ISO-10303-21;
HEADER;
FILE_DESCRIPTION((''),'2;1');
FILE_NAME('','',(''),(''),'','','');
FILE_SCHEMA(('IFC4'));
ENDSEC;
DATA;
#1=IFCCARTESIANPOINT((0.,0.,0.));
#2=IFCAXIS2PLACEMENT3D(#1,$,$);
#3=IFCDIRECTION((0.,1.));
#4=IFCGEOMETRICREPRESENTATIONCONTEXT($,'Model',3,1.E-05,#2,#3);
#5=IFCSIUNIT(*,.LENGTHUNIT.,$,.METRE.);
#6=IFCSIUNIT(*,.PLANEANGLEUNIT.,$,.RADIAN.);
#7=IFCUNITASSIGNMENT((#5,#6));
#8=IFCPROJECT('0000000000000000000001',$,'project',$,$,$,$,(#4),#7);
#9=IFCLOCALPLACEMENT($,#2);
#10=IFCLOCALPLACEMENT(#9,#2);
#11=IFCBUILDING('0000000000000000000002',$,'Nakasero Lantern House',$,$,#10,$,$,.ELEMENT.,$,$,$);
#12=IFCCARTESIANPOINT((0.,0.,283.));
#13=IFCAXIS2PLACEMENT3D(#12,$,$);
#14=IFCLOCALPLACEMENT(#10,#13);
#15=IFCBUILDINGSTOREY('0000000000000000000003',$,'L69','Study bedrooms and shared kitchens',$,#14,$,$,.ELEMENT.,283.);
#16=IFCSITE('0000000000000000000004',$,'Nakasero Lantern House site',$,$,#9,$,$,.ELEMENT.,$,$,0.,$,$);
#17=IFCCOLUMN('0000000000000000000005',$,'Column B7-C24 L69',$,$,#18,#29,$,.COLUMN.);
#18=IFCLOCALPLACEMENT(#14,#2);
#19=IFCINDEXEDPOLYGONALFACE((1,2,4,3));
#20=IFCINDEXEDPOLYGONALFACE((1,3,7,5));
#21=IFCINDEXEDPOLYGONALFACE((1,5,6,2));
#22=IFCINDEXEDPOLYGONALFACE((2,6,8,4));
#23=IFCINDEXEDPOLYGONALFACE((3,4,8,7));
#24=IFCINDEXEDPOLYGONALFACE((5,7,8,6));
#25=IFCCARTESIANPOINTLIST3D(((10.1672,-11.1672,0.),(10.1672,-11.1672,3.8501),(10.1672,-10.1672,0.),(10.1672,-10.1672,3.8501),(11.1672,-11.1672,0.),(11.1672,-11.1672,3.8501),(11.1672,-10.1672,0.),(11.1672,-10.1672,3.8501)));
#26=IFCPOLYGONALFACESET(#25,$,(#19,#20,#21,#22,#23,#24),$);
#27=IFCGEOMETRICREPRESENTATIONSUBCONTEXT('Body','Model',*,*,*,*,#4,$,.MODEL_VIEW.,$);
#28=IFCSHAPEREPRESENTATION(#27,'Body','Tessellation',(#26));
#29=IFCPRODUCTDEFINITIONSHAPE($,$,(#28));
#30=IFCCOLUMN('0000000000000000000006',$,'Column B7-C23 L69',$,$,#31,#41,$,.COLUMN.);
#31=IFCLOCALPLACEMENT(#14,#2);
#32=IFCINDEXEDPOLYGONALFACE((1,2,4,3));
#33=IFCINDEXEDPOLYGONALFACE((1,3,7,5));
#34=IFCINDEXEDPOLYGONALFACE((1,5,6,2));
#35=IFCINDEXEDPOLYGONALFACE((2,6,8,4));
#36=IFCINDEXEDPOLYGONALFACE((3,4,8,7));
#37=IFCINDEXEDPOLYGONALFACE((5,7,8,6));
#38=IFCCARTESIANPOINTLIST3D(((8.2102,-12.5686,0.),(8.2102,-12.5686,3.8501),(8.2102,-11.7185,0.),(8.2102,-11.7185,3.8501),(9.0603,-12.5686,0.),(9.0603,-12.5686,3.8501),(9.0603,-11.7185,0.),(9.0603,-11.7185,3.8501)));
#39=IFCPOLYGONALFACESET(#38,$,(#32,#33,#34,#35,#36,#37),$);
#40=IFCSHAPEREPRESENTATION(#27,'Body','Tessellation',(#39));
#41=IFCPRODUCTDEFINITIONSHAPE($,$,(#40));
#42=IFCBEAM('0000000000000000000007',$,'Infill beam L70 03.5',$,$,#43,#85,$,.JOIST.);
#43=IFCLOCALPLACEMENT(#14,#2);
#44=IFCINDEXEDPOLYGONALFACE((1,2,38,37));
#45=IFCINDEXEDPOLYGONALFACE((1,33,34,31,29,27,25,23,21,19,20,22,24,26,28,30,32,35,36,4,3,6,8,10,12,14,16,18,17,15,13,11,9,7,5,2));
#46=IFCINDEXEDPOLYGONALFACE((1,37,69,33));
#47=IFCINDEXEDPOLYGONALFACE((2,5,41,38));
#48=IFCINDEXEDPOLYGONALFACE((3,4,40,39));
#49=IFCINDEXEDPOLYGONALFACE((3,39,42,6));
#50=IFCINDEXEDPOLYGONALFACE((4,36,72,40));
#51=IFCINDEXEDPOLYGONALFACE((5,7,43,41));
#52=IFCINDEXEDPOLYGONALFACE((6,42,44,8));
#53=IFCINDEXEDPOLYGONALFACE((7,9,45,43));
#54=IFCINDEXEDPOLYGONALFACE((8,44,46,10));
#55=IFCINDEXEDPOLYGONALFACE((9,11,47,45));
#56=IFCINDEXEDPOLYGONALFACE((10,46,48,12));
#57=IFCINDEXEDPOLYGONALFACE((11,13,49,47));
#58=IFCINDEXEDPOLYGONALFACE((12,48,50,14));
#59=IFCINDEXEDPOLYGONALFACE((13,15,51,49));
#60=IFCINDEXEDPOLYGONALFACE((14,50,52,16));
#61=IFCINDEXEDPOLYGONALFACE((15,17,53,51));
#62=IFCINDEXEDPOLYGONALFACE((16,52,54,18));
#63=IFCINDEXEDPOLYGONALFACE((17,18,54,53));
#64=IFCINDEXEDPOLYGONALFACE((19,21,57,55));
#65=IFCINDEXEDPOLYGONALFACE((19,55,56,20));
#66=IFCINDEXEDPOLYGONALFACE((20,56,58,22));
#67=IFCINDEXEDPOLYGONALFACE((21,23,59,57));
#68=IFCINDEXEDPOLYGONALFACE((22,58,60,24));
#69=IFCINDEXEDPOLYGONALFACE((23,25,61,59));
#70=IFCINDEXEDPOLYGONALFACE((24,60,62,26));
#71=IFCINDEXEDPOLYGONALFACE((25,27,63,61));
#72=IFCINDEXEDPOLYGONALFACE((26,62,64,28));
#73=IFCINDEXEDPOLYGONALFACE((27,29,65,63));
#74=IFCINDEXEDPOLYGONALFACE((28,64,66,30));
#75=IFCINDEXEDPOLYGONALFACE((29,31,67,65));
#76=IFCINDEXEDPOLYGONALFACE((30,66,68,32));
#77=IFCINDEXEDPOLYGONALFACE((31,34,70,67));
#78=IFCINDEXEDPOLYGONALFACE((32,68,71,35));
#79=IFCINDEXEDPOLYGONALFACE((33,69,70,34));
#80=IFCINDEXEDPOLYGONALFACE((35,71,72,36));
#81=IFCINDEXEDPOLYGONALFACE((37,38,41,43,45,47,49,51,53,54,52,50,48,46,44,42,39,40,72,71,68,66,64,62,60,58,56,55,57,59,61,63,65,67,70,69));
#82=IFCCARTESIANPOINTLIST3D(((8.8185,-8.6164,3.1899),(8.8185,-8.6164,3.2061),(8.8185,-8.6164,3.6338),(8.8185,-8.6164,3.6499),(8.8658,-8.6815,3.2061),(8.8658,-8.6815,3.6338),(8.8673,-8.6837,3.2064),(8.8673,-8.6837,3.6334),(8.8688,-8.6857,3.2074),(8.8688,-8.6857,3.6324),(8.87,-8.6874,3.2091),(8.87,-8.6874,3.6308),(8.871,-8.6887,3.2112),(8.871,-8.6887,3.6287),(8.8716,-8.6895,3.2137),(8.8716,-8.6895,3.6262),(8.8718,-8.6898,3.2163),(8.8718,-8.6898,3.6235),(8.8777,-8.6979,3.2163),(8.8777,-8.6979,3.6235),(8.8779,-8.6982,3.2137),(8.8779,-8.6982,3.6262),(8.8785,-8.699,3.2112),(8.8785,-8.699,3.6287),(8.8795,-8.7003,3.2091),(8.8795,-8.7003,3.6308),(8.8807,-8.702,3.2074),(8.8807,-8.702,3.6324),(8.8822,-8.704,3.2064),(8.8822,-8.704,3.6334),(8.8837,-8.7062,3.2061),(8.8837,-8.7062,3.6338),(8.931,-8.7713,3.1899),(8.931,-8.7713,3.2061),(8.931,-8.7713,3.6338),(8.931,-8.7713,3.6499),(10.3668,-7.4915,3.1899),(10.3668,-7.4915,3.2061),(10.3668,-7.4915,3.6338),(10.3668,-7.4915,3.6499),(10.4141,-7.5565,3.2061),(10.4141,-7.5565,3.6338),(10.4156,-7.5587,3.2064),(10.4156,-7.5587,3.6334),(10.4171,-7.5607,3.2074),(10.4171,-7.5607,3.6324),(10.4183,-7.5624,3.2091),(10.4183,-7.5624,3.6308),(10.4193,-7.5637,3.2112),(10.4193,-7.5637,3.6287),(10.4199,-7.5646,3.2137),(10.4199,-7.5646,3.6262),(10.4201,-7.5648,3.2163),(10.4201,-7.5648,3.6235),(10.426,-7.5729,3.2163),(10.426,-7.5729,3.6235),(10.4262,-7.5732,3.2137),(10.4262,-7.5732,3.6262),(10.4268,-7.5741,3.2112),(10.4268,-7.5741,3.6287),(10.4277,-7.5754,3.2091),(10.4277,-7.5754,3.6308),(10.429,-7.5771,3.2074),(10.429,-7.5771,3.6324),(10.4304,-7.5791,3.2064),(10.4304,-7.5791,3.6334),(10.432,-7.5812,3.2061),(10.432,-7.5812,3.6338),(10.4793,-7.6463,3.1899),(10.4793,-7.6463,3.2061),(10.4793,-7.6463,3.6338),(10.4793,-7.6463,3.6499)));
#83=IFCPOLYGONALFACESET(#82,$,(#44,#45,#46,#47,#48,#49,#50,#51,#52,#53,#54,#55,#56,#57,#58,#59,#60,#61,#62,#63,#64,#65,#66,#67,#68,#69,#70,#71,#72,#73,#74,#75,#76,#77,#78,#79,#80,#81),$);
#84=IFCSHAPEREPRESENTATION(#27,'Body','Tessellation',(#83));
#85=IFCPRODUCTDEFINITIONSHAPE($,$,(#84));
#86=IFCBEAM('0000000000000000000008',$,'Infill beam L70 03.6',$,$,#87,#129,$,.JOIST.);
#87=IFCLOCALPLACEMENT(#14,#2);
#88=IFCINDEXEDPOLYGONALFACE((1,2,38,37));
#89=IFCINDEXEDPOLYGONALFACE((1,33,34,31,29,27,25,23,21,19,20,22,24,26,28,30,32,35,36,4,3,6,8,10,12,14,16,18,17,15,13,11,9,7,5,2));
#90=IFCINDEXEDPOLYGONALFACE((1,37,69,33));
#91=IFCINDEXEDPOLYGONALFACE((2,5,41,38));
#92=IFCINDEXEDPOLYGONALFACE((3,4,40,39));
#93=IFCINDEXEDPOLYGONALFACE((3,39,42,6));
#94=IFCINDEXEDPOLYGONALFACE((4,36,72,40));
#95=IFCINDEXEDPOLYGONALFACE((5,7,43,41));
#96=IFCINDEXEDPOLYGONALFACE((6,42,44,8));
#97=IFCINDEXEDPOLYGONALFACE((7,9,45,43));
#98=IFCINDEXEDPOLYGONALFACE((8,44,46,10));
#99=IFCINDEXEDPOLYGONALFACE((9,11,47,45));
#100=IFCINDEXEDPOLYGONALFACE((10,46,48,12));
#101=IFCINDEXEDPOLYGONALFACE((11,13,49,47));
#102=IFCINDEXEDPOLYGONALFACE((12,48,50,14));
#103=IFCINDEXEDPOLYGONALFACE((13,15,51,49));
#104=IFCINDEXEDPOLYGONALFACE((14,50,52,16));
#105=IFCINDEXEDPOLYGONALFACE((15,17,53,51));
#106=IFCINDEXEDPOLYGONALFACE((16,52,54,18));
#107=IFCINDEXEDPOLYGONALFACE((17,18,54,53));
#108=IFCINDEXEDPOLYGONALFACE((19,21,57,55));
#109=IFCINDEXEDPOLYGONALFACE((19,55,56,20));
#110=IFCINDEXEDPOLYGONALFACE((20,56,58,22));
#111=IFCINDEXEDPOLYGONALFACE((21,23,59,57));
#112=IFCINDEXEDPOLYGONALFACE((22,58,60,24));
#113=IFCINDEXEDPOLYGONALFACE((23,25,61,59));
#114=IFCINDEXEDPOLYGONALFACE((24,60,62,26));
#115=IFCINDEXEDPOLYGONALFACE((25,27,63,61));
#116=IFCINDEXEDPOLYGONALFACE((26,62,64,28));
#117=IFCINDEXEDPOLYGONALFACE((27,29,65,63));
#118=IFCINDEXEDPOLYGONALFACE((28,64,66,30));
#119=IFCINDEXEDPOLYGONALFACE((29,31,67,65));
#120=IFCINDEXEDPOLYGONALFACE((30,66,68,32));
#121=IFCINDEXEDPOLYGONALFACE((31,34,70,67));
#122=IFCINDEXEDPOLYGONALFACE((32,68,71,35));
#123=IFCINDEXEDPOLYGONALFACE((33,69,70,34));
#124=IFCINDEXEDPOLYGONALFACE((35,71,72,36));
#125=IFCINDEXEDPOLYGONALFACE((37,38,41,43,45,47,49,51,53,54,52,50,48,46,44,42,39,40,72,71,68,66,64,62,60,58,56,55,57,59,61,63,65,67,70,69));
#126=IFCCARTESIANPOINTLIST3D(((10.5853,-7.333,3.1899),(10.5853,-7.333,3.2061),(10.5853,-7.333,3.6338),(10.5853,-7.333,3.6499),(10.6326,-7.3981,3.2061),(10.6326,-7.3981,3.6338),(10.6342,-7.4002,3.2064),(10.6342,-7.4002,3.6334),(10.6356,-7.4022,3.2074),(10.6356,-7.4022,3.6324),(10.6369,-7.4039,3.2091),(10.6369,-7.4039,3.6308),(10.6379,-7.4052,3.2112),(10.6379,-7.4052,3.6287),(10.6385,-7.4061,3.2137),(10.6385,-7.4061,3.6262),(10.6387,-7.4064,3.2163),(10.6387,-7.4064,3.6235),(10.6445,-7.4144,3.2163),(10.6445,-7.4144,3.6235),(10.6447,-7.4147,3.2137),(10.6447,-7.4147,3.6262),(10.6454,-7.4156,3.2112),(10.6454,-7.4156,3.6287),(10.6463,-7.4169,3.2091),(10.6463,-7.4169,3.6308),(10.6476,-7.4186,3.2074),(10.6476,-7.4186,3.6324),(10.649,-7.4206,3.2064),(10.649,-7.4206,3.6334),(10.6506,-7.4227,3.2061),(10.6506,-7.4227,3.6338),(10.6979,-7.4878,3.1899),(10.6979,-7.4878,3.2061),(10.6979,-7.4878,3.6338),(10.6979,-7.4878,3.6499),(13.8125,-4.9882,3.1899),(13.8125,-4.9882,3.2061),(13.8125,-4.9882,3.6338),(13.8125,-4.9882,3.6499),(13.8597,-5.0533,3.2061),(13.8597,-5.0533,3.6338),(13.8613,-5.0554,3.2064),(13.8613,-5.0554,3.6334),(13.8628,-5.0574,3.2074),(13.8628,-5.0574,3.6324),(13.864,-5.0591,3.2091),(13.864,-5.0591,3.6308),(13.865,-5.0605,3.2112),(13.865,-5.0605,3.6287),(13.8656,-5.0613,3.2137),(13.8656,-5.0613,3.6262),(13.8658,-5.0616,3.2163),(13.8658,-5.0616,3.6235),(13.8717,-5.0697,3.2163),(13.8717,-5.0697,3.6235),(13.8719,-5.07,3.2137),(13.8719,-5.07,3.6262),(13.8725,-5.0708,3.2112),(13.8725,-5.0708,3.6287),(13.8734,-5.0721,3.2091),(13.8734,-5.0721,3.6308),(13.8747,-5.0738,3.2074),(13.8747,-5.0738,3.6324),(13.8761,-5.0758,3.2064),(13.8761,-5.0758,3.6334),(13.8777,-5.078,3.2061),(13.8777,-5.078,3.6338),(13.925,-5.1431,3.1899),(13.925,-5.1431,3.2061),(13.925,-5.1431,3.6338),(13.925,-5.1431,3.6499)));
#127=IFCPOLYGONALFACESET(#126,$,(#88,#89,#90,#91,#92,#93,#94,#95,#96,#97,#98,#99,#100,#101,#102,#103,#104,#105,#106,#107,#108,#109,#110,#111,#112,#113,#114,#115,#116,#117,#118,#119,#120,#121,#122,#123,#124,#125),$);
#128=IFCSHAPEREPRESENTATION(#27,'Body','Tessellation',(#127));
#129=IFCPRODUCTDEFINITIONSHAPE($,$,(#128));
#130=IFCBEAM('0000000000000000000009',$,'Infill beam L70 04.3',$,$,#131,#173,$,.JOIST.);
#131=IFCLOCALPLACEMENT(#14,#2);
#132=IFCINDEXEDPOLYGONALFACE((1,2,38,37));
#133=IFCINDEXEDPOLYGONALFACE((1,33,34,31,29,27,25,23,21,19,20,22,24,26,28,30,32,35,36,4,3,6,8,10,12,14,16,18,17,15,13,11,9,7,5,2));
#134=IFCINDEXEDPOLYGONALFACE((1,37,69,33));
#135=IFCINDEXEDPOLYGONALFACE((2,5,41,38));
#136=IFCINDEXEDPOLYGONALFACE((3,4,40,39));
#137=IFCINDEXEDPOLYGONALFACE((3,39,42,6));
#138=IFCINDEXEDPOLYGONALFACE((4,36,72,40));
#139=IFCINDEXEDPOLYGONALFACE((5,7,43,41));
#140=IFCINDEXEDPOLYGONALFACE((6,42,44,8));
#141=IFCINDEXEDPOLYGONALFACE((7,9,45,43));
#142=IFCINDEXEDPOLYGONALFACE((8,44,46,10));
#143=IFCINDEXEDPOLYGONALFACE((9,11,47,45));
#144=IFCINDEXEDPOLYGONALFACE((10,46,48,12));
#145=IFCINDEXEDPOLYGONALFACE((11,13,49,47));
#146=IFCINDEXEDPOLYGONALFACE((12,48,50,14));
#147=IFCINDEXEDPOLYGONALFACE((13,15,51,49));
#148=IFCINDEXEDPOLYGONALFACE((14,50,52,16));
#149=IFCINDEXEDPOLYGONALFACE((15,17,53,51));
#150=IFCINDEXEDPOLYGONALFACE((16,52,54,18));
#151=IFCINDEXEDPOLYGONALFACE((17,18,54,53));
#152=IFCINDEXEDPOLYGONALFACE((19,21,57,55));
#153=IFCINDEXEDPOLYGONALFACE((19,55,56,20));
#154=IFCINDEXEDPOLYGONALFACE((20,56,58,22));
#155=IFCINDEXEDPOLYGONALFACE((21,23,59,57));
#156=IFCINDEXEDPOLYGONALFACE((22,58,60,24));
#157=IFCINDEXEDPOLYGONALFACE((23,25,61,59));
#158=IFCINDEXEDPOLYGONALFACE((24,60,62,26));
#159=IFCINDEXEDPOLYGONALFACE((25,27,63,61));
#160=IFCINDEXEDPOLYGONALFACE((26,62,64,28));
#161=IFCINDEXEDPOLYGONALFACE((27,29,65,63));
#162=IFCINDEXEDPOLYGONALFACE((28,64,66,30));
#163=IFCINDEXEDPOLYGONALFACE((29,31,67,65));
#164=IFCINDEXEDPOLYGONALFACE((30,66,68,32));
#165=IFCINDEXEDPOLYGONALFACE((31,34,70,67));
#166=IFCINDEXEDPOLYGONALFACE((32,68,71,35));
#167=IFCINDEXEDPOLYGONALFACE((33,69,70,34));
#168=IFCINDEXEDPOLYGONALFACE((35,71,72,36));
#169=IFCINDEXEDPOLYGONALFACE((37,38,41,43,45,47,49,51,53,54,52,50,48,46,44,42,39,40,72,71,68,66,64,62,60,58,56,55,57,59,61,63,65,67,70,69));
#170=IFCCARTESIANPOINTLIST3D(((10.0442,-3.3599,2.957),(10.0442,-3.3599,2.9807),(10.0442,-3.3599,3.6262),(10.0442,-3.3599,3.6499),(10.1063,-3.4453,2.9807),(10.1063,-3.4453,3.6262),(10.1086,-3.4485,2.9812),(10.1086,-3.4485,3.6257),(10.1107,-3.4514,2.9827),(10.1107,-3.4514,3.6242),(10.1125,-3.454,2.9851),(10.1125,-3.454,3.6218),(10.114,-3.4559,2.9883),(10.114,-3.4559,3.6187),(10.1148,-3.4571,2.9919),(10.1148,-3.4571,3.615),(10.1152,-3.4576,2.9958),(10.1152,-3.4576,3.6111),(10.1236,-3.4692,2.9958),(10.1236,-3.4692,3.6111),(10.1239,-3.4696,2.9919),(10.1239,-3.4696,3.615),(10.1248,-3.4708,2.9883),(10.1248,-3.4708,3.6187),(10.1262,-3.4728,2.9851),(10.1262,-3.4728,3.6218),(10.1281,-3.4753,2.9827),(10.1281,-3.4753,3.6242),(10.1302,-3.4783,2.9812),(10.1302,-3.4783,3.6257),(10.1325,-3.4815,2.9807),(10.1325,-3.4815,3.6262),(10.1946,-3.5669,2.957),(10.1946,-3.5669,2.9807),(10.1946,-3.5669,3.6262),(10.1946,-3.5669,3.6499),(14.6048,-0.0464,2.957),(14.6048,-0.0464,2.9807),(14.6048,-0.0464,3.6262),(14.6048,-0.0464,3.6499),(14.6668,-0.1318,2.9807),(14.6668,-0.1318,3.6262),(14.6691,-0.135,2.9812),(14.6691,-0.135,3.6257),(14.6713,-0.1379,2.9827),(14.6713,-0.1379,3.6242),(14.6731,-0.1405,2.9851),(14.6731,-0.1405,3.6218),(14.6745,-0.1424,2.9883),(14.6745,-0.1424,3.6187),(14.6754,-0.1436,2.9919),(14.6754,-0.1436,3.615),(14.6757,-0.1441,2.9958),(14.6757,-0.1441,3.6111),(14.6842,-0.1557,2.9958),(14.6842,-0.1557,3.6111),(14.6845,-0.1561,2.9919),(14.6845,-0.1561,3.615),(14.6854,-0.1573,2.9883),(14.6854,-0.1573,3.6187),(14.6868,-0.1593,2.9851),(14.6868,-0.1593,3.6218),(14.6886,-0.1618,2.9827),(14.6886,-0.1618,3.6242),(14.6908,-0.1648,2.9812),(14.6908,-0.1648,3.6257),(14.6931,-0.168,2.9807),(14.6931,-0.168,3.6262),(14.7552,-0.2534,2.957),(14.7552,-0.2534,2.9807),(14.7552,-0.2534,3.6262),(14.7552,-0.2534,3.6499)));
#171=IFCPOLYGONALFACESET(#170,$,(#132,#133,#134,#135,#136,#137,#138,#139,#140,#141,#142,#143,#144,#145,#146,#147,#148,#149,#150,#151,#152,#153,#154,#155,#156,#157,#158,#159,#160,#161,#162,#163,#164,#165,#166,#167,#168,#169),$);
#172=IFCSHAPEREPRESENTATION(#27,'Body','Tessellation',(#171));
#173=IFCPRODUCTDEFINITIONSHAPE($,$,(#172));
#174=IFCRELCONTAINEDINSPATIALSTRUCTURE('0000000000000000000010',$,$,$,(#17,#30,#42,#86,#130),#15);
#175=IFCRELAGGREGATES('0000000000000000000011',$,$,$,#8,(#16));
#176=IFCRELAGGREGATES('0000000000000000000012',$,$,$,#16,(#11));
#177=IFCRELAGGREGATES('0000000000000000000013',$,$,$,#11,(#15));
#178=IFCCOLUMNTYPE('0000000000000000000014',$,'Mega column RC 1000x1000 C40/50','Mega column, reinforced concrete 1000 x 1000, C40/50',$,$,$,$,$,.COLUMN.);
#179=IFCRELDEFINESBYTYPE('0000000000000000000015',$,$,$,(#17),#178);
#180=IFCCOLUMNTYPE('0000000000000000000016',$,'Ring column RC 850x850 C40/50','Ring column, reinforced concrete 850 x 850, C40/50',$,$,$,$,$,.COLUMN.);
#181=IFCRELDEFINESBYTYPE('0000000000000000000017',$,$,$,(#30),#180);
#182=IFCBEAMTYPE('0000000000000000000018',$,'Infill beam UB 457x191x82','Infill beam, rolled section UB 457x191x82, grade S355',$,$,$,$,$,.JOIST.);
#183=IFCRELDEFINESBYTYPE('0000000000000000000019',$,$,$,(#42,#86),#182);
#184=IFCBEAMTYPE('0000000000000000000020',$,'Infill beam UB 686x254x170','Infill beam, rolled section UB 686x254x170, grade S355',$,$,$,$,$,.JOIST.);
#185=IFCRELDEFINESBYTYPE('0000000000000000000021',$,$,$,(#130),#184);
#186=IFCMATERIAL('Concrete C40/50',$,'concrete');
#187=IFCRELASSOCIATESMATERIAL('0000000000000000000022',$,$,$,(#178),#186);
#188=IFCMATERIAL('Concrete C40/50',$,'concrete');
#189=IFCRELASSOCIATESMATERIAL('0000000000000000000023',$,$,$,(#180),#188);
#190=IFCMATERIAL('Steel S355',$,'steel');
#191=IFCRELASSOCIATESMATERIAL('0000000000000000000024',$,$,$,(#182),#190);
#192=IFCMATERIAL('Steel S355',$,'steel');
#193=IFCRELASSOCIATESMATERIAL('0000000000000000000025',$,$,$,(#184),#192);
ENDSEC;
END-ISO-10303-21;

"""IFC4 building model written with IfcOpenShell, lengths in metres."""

from ifc_helpers import new_model, si_unit, direction, frame, origin, origin_2d, place, context, subcontext, project, spatial, rectangle, i_section, extrude, material, material_profile, profile_set, type_object, element, save


model = new_model("IFC4")

# Units and contexts
model_context = context("Model", 3, precision=1e-05, world=origin(), true_north=direction((0.0, 1.0)))
body_context = subcontext(model_context, "Body", "Model", "MODEL_VIEW")
ifc_project = project(units=[si_unit("LENGTHUNIT", "METRE"), si_unit("PLANEANGLEUNIT", "RADIAN")], contexts=[model_context])

# Site, building, storey
site_placement = place(None, origin())
site = spatial("IfcSite", under=ifc_project, at=site_placement, Name="Nakasero Lantern House site", CompositionType="ELEMENT", RefElevation=0.0)
building_placement = place(site_placement, origin())
building = spatial("IfcBuilding", under=site, at=building_placement, Name="Nakasero Lantern House", CompositionType="ELEMENT")
storey_placement = place(building_placement, frame((0.0, 0.0, 283.0)))
storey = spatial("IfcBuildingStorey", under=building, at=storey_placement, Name="L69", Description="Study bedrooms and shared kitchens", CompositionType="ELEMENT", Elevation=283.0)

# Columns
ifc_material_1 = material(Name="Concrete C40/50", Category="concrete")
ifc_material_profile_1 = material_profile(ifc_material_1, rectangle(XDim=1.0, YDim=1.0, at=origin_2d()), Name="RC 1000x1000")
ifc_profile_set_1 = profile_set([ifc_material_profile_1], Name="Concrete C40/50")
column_type_1 = type_object("IfcColumnType", Name="Mega column RC 1000x1000 C40/50", Description="Mega column, reinforced concrete 1000 x 1000, C40/50", PredefinedType="COLUMN", material=ifc_profile_set_1)
column_1_placement = place(storey_placement, frame((10.6672, -10.6672, 0.0), z_axis=(0.0, 0.0, 1.0), x_axis=(1.0, 0.0, 0.0)))
element("IfcColumn", 1, at=column_1_placement, inside=storey, type_object=column_type_1, Name="Column B7-C24 L69", PredefinedType="COLUMN", context=body_context, shape_type="SweptSolid", body=[
    extrude(rectangle(XDim=1.0, YDim=1.0, at=origin_2d()), origin(), (0.0, 0.0, 1.0), 3.8501),
])
ifc_material_2 = material(Name="Concrete C40/50", Category="concrete")
ifc_material_profile_2 = material_profile(ifc_material_2, rectangle(XDim=0.8501, YDim=0.8501, at=origin_2d()), Name="RC 850x850")
ifc_profile_set_2 = profile_set([ifc_material_profile_2], Name="Concrete C40/50")
column_type_2 = type_object("IfcColumnType", Name="Ring column RC 850x850 C40/50", Description="Ring column, reinforced concrete 850 x 850, C40/50", PredefinedType="COLUMN", material=ifc_profile_set_2)
column_2_placement = place(storey_placement, frame((8.6353, -12.1436, 0.0), z_axis=(0.0, 0.0, 1.0), x_axis=(1.0, 0.0, 0.0)))
element("IfcColumn", 2, at=column_2_placement, inside=storey, type_object=column_type_2, Name="Column B7-C23 L69", PredefinedType="COLUMN", context=body_context, shape_type="SweptSolid", body=[
    extrude(rectangle(XDim=0.8501, YDim=0.8501, at=origin_2d()), origin(), (0.0, 0.0, 1.0), 3.8501),
])

# Beams
ifc_material_3 = material(Name="Steel S355", Category="steel")
ifc_material_profile_3 = material_profile(ifc_material_3, i_section(OverallWidth=0.1914, OverallDepth=0.46, WebThickness=0.01, FlangeThickness=0.0161, FilletRadius=0.0103, at=origin_2d()), Name="UB 457x191x82")
ifc_profile_set_3 = profile_set([ifc_material_profile_3], Name="Steel S355")
beam_type_1 = type_object("IfcBeamType", Name="Infill beam UB 457x191x82", Description="Infill beam, rolled section UB 457x191x82, grade S355", PredefinedType="JOIST", material=ifc_profile_set_3)
beam_1_placement = place(storey_placement, frame((8.8748, -8.6938, 3.4199), z_axis=(0.809001, 0.587808, 0.0), x_axis=(-0.587808, 0.809001, 0.0)))
element("IfcBeam", 3, at=beam_1_placement, inside=storey, type_object=beam_type_1, Name="Infill beam L70 03.5", PredefinedType="JOIST", context=body_context, shape_type="SweptSolid", body=[
    extrude(i_section(OverallWidth=0.1914, OverallDepth=0.46, WebThickness=0.01, FlangeThickness=0.0161, FilletRadius=0.0103, at=origin_2d()), origin(), (0.0, 0.0, 1.0), 1.9138),
])
beam_2_placement = place(storey_placement, frame((10.6416, -7.4104, 3.4199), z_axis=(0.809001, 0.587808, 0.0), x_axis=(-0.587808, 0.809001, 0.0)))
element("IfcBeam", 4, at=beam_2_placement, inside=storey, type_object=beam_type_1, Name="Infill beam L70 03.6", PredefinedType="JOIST", context=body_context, shape_type="SweptSolid", body=[
    extrude(i_section(OverallWidth=0.1914, OverallDepth=0.46, WebThickness=0.01, FlangeThickness=0.0161, FilletRadius=0.0103, at=origin_2d()), origin(), (0.0, 0.0, 1.0), 3.989),
])
ifc_material_4 = material(Name="Steel S355", Category="steel")
ifc_material_profile_4 = material_profile(ifc_material_4, i_section(OverallWidth=0.2559, OverallDepth=0.6929, WebThickness=0.0144, FlangeThickness=0.0237, FilletRadius=0.0151, at=origin_2d()), Name="UB 686x254x170")
ifc_profile_set_4 = profile_set([ifc_material_profile_4], Name="Steel S355")
beam_type_2 = type_object("IfcBeamType", Name="Infill beam UB 686x254x170", Description="Infill beam, rolled section UB 686x254x170, grade S355", PredefinedType="JOIST", material=ifc_profile_set_4)
beam_3_placement = place(storey_placement, frame((10.1194, -3.4634, 3.3035), z_axis=(0.809013, 0.587791, 0.0), x_axis=(-0.587791, 0.809013, 0.0)))
element("IfcBeam", 5, at=beam_3_placement, inside=storey, type_object=beam_type_2, Name="Infill beam L70 04.3", PredefinedType="JOIST", context=body_context, shape_type="SweptSolid", body=[
    extrude(i_section(OverallWidth=0.2559, OverallDepth=0.6929, WebThickness=0.0144, FlangeThickness=0.0237, FilletRadius=0.0151, at=origin_2d()), origin(), (0.0, 0.0, 1.0), 5.6372),
])

save(model, "model.ifc")
